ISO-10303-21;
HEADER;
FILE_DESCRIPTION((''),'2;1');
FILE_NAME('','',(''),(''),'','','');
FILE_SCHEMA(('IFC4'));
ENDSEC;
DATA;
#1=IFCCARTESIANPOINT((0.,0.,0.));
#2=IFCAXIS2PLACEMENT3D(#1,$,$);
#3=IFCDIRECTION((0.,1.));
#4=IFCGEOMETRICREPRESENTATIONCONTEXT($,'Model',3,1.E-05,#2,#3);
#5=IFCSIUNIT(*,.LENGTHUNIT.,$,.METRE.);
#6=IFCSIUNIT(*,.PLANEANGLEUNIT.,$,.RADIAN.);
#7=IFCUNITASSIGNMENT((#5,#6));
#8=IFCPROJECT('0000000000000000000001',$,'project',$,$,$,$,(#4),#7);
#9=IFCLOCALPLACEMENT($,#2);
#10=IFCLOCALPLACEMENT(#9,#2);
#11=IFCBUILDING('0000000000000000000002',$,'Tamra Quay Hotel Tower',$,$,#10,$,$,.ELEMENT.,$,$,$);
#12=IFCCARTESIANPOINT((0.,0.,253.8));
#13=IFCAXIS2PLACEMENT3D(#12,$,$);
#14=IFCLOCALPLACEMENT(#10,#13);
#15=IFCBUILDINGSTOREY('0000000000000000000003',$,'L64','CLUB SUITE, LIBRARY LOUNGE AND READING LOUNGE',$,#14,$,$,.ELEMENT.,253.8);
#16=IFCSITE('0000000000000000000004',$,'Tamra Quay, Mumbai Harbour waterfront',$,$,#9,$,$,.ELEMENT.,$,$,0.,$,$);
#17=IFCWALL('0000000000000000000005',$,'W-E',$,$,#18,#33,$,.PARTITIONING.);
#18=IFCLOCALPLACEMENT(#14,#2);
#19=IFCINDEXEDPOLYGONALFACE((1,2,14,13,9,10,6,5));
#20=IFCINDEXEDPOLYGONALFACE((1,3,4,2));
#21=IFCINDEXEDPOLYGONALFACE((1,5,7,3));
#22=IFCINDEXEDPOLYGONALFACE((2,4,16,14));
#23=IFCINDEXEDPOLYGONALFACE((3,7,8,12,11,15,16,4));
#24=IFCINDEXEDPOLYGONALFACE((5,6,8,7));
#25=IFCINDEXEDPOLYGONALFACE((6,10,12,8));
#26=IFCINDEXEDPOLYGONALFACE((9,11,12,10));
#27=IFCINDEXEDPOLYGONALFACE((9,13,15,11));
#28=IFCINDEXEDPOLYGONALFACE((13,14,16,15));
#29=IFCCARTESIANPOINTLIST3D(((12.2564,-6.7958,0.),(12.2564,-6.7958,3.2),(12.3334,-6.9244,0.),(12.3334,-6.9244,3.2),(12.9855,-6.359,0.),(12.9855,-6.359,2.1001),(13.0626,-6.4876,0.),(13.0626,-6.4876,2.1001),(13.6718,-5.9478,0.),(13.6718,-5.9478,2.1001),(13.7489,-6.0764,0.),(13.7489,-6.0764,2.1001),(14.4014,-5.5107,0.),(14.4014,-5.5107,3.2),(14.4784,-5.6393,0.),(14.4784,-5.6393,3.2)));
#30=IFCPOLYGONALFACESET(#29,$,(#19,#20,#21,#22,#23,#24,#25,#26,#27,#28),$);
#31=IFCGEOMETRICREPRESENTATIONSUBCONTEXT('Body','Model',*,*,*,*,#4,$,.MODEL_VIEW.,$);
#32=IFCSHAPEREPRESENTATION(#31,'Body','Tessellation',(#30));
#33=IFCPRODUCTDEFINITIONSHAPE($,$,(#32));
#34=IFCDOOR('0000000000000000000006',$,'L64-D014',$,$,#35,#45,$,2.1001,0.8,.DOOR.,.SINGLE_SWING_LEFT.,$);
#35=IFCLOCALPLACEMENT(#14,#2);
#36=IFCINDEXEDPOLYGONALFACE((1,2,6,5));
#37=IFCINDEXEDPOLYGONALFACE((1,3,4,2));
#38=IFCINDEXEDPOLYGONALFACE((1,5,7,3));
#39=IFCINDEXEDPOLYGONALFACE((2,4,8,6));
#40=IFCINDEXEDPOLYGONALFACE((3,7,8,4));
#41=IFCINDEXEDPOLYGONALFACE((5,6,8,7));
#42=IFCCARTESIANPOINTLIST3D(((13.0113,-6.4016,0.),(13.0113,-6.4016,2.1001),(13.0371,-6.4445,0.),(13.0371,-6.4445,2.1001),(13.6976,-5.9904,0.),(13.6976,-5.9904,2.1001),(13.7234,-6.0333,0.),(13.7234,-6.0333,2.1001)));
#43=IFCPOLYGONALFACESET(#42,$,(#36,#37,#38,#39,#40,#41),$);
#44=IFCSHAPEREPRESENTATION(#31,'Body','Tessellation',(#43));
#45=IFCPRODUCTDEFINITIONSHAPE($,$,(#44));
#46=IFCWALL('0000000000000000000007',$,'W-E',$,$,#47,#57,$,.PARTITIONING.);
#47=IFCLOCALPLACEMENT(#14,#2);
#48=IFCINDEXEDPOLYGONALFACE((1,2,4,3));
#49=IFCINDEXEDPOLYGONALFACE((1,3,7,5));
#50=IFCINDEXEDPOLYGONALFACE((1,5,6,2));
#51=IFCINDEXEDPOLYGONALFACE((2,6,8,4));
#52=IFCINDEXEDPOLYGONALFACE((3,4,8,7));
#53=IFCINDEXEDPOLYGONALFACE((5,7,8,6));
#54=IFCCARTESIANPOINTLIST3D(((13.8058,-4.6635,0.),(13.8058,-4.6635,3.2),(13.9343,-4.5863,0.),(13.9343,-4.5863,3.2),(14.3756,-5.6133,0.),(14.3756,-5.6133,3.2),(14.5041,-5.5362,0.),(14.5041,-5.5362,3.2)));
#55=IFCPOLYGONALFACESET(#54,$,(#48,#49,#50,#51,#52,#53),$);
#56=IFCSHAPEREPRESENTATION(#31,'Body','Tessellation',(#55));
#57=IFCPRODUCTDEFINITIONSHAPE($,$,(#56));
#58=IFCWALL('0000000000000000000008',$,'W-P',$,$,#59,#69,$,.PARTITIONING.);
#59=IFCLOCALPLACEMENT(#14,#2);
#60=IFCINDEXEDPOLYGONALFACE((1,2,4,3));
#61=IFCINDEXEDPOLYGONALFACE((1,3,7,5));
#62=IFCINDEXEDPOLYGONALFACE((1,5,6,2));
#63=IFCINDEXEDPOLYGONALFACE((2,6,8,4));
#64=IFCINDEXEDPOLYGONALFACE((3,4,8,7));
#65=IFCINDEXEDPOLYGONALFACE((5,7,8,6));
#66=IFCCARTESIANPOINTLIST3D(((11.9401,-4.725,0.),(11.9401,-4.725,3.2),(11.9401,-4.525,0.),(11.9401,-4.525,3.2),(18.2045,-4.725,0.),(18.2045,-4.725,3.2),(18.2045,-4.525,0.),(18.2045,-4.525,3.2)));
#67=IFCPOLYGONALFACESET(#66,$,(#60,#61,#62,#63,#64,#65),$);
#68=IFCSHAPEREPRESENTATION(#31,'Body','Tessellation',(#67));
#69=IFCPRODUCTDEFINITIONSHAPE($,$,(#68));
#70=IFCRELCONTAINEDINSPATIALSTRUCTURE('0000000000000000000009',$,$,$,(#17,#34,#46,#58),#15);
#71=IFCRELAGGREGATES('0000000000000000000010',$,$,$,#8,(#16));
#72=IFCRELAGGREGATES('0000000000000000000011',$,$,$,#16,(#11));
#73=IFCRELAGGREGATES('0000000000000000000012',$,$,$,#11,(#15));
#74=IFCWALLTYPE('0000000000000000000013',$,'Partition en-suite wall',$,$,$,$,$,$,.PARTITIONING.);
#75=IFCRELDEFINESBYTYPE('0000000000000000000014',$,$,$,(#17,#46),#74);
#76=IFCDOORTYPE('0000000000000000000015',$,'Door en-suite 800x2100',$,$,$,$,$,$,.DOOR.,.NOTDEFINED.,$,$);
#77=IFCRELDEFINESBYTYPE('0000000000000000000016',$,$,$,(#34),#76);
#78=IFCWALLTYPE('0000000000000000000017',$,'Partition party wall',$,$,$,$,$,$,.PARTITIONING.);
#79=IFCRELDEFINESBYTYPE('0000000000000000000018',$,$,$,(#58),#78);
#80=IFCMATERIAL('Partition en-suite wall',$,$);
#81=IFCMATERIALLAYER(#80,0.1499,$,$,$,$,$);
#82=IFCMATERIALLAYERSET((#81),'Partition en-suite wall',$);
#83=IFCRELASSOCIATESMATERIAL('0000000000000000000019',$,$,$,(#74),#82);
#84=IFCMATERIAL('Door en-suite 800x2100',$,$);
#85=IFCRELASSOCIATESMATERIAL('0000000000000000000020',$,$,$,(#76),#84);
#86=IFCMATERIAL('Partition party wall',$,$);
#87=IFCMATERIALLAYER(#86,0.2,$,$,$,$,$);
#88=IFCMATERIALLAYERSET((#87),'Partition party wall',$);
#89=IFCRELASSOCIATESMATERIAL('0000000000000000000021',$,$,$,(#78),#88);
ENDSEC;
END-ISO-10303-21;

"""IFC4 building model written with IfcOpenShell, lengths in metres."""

from ifc_helpers import new_model, si_unit, direction, frame, frame_2d, origin, place, context, subcontext, project, spatial, rectangle, extrude, material, layer, layer_set, type_object, element, fill, save


model = new_model("IFC4")

# Units and contexts
model_context = context("Model", 3, precision=1e-05, world=origin(), true_north=direction((0.0, 1.0)))
body_context = subcontext(model_context, "Body", "Model", "MODEL_VIEW")
ifc_project = project(units=[si_unit("LENGTHUNIT", "METRE"), si_unit("PLANEANGLEUNIT", "RADIAN")], contexts=[model_context])

# Site, building, storey
site_placement = place(None, origin())
site = spatial("IfcSite", under=ifc_project, at=site_placement, Name="Tamra Quay, Mumbai Harbour waterfront", CompositionType="ELEMENT", RefElevation=0.0)
building_placement = place(site_placement, origin())
building = spatial("IfcBuilding", under=site, at=building_placement, Name="Tamra Quay Hotel Tower", CompositionType="ELEMENT")
storey_placement = place(building_placement, frame((0.0, 0.0, 253.8)))
storey = spatial("IfcBuildingStorey", under=building, at=storey_placement, Name="L64", Description="CLUB SUITE, LIBRARY LOUNGE AND READING LOUNGE", CompositionType="ELEMENT", Elevation=253.8)

# Wall, opening, door
ifc_material_1 = material(Name="Partition en-suite wall")
ifc_layer_1 = layer(ifc_material_1, 0.1499)
ifc_layer_set_1 = layer_set([ifc_layer_1], Name="Partition en-suite wall")
wall_type_1 = type_object("IfcWallType", Name="Partition en-suite wall", PredefinedType="PARTITIONING", material=ifc_layer_set_1)
wall_1_placement = place(storey_placement, frame((12.2949, -6.8601, 0.0), z_axis=(0.0, 0.0, 1.0), x_axis=(0.85782, 0.51395, 0.0)))
wall_1 = element("IfcWall", 1, at=wall_1_placement, inside=storey, type_object=wall_type_1, Name="W-E", PredefinedType="PARTITIONING", context=body_context, shape_type="SweptSolid", body=[
    extrude(rectangle(XDim=2.5005, YDim=0.1499, at=frame_2d((1.2502, 0.0))), origin(), (0.0, 0.0, 1.0), 3.2),
])
opening_1_placement = place(wall_1_placement, frame((0.8501, 0.0, 0.0)))
opening_1 = element("IfcOpeningElement", 2, at=opening_1_placement, cuts=wall_1, PredefinedType="OPENING", context=body_context, shape_type="SweptSolid", body=[
    extrude(rectangle(XDim=0.8, YDim=2.1001, at=frame_2d((0.3999, 1.05))), frame((0.0, 0.085, 0.0), z_axis=(0.0, -1.0, 0.0), x_axis=(1.0, 0.0, 0.0)), (0.0, 0.0, 1.0), 0.1699),
])
ifc_material_2 = material(Name="Door en-suite 800x2100")
door_type_1 = type_object("IfcDoorType", Name="Door en-suite 800x2100", OperationType="NOTDEFINED", PredefinedType="DOOR", material=ifc_material_2)
door_1_placement = place(opening_1_placement, frame((0.8, 0.0, 0.0), z_axis=(0.0, 0.0, 1.0), x_axis=(-1.0, 0.0, 0.0)))
door_1 = element("IfcDoor", 3, at=door_1_placement, inside=storey, type_object=door_type_1, Name="L64-D014", OperationType="SINGLE_SWING_LEFT", OverallHeight=2.1001, OverallWidth=0.8, PredefinedType="DOOR", context=body_context, shape_type="SweptSolid", body=[
    extrude(rectangle(XDim=0.8, YDim=2.1001, at=frame_2d((0.3999, 1.05))), frame((0.0, 0.0249, 0.0), z_axis=(0.0, -1.0, 0.0), x_axis=(1.0, 0.0, 0.0)), (0.0, 0.0, 1.0), 0.05),
])
fill(opening_1, door_1)

# Walls
wall_2_placement = place(storey_placement, frame((13.8701, -4.625, 0.0), z_axis=(0.0, 0.0, 1.0), x_axis=(0.514399, -0.857551, 0.0)))
element("IfcWall", 4, at=wall_2_placement, inside=storey, type_object=wall_type_1, Name="W-E", PredefinedType="PARTITIONING", context=body_context, shape_type="SweptSolid", body=[
    extrude(rectangle(XDim=1.1077, YDim=0.1499, at=frame_2d((0.5537, 0.0))), origin(), (0.0, 0.0, 1.0), 3.2),
])
ifc_material_3 = material(Name="Partition party wall")
ifc_layer_2 = layer(ifc_material_3, 0.2)
ifc_layer_set_2 = layer_set([ifc_layer_2], Name="Partition party wall")
wall_type_2 = type_object("IfcWallType", Name="Partition party wall", PredefinedType="PARTITIONING", material=ifc_layer_set_2)
wall_3_placement = place(storey_placement, frame((11.9399, -4.625, 0.0), z_axis=(0.0, 0.0, 1.0), x_axis=(1.0, 0.0, 0.0)))
element("IfcWall", 5, at=wall_3_placement, inside=storey, type_object=wall_type_2, Name="W-P", PredefinedType="PARTITIONING", context=body_context, shape_type="SweptSolid", body=[
    extrude(rectangle(XDim=6.2644, YDim=0.2, at=frame_2d((3.1323, 0.0))), origin(), (0.0, 0.0, 1.0), 3.2),
])

save(model, "model.ifc")
